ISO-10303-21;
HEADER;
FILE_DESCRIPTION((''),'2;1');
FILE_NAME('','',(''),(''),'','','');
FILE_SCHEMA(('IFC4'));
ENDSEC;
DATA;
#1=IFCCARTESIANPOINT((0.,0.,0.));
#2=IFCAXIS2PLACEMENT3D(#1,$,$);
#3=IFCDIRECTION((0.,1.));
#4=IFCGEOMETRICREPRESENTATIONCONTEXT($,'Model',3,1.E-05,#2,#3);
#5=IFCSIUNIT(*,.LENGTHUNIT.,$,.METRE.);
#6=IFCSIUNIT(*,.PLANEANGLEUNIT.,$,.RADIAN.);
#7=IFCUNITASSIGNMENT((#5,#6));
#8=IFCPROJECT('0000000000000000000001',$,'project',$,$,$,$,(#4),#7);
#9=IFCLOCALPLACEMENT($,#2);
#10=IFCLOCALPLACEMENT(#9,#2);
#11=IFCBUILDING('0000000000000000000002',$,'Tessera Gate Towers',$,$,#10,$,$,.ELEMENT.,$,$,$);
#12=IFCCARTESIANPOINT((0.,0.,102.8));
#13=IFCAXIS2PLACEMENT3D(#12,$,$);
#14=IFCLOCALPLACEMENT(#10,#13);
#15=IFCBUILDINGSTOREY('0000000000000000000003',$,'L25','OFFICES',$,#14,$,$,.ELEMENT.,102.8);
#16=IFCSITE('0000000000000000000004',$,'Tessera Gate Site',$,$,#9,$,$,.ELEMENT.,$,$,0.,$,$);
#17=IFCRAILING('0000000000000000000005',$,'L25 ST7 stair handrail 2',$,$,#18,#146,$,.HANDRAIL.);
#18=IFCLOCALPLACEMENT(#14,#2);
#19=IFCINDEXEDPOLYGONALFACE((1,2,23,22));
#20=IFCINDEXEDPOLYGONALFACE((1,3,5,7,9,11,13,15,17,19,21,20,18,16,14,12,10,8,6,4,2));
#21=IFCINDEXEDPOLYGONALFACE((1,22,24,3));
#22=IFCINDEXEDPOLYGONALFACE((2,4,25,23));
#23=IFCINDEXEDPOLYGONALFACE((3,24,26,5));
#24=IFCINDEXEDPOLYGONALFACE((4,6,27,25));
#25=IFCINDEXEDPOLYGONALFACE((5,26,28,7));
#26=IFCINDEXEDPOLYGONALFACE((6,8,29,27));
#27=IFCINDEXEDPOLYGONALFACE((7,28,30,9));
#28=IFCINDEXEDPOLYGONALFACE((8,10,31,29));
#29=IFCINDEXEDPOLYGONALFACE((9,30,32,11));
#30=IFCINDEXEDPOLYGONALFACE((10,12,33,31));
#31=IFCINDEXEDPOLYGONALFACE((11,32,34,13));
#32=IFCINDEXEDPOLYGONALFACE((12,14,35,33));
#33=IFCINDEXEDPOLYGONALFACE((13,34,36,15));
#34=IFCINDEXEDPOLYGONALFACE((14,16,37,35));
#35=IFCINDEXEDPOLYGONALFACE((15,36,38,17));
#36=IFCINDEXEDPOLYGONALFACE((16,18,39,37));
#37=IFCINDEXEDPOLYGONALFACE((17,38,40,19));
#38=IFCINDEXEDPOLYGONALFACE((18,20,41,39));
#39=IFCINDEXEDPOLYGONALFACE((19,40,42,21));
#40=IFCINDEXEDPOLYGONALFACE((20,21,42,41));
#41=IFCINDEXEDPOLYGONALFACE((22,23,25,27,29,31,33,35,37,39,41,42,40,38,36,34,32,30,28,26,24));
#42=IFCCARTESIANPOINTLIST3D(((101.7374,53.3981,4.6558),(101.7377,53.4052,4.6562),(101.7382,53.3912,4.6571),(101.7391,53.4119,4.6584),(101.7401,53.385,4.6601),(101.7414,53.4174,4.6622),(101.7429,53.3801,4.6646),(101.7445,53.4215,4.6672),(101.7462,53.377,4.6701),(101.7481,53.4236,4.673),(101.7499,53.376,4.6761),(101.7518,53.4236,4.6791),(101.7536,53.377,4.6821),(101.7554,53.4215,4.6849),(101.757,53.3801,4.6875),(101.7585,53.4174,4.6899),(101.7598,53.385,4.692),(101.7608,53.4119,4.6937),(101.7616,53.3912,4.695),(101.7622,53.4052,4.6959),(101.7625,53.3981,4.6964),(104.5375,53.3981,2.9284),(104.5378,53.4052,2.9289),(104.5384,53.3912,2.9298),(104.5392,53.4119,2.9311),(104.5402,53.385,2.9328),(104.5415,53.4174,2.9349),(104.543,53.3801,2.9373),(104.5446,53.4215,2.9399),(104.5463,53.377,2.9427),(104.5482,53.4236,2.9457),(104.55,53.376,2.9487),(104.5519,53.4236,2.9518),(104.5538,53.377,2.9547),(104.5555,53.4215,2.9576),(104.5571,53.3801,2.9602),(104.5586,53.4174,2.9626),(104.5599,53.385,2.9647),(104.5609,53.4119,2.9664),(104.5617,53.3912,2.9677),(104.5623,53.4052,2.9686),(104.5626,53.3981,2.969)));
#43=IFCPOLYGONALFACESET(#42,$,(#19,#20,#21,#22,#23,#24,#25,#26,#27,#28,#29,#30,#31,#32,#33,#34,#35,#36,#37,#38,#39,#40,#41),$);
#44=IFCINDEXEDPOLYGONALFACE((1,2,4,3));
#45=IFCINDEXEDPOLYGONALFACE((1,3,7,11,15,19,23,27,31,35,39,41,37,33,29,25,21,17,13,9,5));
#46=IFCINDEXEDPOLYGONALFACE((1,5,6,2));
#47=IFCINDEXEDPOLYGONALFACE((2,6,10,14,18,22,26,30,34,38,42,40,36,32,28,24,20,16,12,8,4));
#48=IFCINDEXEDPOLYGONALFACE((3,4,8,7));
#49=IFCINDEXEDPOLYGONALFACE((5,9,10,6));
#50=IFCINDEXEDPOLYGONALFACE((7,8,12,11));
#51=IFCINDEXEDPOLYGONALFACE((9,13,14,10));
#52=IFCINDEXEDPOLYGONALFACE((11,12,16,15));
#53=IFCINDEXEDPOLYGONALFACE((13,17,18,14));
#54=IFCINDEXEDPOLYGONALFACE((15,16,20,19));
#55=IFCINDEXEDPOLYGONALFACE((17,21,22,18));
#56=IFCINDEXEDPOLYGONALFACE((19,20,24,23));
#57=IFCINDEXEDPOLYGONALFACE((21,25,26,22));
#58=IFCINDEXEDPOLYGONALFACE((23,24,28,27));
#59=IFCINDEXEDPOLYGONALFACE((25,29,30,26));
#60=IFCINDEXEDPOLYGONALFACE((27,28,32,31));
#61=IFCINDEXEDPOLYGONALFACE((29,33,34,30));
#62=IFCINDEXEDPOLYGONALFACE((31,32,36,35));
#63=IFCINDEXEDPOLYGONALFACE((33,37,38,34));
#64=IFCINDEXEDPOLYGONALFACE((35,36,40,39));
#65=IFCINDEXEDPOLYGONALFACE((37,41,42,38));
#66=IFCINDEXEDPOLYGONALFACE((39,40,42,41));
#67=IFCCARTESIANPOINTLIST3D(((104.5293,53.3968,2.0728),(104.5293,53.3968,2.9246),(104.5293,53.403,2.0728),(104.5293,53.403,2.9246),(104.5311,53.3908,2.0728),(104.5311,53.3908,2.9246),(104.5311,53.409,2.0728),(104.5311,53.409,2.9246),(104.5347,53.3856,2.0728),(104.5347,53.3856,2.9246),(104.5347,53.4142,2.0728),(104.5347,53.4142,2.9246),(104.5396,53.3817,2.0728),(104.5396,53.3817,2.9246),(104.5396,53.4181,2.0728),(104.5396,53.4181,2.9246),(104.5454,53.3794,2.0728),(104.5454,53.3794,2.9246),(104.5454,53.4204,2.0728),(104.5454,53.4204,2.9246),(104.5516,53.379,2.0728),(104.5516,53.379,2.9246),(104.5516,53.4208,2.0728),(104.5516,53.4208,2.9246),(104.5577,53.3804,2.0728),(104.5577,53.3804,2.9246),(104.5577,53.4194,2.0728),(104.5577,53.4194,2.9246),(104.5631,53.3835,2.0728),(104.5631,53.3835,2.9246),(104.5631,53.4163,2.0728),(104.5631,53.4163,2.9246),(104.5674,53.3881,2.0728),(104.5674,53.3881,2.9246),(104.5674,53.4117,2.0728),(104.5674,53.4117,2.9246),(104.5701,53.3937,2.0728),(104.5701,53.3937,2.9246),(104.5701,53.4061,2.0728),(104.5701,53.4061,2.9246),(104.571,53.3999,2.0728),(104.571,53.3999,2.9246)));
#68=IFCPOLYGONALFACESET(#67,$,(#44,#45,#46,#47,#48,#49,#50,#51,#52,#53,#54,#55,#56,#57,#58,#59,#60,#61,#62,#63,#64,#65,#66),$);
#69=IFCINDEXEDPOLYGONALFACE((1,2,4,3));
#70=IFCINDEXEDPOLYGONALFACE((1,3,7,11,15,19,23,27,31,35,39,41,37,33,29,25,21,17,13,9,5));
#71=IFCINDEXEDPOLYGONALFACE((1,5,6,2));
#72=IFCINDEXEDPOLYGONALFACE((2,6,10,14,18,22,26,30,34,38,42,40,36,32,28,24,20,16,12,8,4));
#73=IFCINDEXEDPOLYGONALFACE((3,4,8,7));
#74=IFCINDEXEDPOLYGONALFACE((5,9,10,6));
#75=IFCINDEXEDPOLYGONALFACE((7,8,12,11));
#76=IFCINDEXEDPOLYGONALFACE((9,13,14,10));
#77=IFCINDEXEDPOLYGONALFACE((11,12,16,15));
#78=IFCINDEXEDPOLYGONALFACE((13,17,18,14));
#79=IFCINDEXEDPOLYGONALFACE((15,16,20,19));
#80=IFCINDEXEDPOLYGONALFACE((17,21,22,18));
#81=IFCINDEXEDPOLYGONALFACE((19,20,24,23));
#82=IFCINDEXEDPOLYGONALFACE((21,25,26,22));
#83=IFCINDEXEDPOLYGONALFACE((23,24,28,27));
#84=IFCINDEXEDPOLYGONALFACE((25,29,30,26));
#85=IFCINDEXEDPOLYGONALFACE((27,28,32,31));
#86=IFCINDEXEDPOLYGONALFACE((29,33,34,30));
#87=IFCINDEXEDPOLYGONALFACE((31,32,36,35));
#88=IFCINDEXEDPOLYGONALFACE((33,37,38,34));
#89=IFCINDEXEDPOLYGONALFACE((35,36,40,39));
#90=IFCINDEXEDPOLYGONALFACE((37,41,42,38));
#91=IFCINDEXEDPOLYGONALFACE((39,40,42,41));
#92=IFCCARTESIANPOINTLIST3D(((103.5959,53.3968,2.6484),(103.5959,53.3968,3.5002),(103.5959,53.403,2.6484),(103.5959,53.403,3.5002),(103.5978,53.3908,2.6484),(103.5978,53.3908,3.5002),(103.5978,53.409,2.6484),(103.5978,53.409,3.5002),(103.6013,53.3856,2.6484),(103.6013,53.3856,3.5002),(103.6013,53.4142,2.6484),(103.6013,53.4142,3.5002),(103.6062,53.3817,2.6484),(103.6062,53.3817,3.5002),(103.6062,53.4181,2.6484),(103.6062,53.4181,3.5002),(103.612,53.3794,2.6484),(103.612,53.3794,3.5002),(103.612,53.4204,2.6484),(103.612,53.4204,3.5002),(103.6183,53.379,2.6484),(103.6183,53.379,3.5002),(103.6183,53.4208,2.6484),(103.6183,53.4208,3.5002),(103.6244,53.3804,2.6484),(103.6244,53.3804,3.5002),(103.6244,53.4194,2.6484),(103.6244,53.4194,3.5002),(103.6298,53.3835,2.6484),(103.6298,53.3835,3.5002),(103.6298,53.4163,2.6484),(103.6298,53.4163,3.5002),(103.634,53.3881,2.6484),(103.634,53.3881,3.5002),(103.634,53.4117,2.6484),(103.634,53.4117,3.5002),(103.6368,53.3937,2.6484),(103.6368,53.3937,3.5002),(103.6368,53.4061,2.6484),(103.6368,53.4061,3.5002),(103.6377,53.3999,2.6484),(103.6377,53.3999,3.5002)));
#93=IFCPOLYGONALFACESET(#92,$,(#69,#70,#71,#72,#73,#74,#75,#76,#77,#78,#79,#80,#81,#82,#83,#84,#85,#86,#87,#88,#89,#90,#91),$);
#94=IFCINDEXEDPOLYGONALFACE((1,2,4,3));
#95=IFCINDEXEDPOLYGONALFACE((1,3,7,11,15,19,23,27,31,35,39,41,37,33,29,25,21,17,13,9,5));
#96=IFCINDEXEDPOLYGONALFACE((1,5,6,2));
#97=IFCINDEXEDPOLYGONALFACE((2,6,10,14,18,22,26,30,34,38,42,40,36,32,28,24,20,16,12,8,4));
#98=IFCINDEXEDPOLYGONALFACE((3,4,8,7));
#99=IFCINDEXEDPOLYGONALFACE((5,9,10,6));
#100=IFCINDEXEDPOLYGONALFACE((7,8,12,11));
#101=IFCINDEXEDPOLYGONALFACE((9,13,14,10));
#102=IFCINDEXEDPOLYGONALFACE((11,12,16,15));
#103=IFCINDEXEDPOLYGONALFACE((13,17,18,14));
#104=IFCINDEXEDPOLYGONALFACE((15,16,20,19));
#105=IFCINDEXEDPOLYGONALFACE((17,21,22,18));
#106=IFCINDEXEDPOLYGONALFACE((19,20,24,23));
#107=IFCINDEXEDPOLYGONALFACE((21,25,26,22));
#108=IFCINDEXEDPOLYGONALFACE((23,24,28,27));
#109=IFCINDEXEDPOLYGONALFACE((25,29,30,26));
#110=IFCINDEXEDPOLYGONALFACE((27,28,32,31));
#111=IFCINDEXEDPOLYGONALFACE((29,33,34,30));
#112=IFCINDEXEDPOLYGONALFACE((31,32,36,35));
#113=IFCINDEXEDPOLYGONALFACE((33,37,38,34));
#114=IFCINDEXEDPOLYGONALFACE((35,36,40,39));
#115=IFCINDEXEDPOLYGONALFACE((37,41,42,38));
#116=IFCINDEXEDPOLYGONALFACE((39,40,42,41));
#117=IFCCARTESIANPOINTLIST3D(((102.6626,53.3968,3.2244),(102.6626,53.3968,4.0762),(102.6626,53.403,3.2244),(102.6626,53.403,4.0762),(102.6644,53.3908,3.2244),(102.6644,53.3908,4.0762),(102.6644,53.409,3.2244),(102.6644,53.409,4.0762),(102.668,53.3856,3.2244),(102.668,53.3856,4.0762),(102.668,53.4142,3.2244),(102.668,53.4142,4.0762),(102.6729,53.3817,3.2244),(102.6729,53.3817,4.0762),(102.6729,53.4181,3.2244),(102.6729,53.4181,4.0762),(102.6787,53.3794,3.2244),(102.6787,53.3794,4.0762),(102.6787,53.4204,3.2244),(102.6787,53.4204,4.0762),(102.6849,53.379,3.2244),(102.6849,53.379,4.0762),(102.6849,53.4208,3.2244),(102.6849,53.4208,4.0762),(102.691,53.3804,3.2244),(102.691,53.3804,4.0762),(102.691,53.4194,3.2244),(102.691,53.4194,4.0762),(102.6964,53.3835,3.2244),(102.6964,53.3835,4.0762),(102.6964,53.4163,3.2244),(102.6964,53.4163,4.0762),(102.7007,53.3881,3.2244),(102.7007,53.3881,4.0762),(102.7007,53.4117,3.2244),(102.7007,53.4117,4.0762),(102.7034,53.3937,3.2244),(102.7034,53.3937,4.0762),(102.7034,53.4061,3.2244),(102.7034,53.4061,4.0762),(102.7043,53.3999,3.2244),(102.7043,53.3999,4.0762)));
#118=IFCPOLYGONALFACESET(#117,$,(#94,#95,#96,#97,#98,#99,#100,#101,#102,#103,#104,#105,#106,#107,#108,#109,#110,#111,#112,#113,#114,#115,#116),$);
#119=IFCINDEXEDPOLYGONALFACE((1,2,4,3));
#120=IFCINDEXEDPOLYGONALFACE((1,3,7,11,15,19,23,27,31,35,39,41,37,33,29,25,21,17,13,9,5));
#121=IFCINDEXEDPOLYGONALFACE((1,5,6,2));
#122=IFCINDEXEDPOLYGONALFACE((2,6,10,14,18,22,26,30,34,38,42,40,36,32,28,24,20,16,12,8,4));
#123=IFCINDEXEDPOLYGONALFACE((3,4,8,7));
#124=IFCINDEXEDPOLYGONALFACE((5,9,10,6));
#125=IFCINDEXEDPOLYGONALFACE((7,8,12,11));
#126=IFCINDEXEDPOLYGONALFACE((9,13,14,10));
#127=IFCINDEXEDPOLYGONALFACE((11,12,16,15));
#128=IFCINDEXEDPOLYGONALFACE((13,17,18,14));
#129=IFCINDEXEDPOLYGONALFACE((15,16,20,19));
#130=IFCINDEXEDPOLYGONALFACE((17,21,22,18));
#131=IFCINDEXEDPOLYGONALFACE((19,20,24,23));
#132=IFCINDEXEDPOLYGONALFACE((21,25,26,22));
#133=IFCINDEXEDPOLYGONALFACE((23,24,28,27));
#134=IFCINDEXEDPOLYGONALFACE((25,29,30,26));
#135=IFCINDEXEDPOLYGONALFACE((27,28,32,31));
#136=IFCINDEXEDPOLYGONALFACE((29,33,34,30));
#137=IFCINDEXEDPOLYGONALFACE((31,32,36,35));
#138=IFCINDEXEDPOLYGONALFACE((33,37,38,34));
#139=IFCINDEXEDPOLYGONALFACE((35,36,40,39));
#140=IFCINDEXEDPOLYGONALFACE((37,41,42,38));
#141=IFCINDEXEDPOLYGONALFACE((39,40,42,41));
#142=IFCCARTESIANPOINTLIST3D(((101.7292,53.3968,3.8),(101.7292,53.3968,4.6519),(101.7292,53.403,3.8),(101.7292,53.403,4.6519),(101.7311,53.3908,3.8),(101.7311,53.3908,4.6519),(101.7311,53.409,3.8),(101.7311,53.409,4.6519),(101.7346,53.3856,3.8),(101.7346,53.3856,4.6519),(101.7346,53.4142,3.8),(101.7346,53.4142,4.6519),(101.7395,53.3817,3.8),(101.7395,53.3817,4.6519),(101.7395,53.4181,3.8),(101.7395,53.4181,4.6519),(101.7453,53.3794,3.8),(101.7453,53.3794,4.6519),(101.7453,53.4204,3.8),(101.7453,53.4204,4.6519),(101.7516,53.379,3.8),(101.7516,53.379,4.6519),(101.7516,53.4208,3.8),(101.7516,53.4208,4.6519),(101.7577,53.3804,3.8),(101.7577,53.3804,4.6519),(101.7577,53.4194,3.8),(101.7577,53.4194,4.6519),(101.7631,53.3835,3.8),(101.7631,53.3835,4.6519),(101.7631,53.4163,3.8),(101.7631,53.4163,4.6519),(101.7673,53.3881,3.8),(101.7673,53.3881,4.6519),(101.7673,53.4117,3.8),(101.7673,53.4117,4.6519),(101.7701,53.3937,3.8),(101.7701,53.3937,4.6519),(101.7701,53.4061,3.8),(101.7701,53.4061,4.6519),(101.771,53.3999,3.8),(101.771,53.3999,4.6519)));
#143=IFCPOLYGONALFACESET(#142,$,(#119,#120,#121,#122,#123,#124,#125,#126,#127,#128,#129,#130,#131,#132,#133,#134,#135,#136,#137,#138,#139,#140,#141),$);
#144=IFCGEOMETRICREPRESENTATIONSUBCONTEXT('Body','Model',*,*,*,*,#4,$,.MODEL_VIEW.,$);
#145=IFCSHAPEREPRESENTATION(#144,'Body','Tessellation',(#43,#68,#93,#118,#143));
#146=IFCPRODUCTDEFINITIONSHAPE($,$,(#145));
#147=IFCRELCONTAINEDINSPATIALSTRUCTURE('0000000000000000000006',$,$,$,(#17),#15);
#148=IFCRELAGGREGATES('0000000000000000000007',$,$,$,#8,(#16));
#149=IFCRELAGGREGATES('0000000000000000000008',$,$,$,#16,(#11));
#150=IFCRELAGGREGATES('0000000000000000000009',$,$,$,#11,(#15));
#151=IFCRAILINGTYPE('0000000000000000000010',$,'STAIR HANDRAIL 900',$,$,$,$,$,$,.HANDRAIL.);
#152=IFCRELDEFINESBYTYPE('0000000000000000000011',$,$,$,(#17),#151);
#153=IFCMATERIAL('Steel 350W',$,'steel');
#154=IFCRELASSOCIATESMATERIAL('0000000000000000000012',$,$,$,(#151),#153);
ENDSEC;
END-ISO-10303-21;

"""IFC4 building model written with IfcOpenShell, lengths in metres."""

from ifc_helpers import new_model, si_unit, direction, frame, origin, origin_2d, place, context, subcontext, project, spatial, circle, extrude, material, type_object, element, save


model = new_model("IFC4")

# Units and contexts
model_context = context("Model", 3, precision=1e-05, world=origin(), true_north=direction((0.0, 1.0)))
body_context = subcontext(model_context, "Body", "Model", "MODEL_VIEW")
ifc_project = project(units=[si_unit("LENGTHUNIT", "METRE"), si_unit("PLANEANGLEUNIT", "RADIAN")], contexts=[model_context])

# Site, building, storey
site_placement = place(None, origin())
site = spatial("IfcSite", under=ifc_project, at=site_placement, Name="Tessera Gate Site", CompositionType="ELEMENT", RefElevation=0.0)
building_placement = place(site_placement, origin())
building = spatial("IfcBuilding", under=site, at=building_placement, Name="Tessera Gate Towers", CompositionType="ELEMENT")
storey_placement = place(building_placement, frame((0.0, 0.0, 102.8)))
storey = spatial("IfcBuildingStorey", under=building, at=storey_placement, Name="L25", Description="OFFICES", CompositionType="ELEMENT", Elevation=102.8)

# Railing
ifc_material_1 = material(Name="Steel 350W", Category="steel")
railing_type_1 = type_object("IfcRailingType", Name="STAIR HANDRAIL 900", PredefinedType="HANDRAIL", material=ifc_material_1)
railing_1_placement = place(storey_placement, frame((104.55, 53.3999, 2.0728)))
element("IfcRailing", 1, at=railing_1_placement, inside=storey, type_object=railing_type_1, Name="L25 ST7 stair handrail 2", PredefinedType="HANDRAIL", context=body_context, shape_type="SweptSolid", body=[
    extrude(circle(Radius=0.0239, at=origin_2d()), frame((0.0, 0.0, 0.876), z_axis=(-0.85109, 0.0, 0.52502), x_axis=(0.0, -1.0, 0.0)), (0.0, 0.0, 1.0), 3.29),
    extrude(circle(Radius=0.021, at=origin_2d()), origin(), (0.0, 0.0, 1.0), 0.8518),
    extrude(circle(Radius=0.021, at=origin_2d()), frame((-0.9333, 0.0, 0.5757)), (0.0, 0.0, 1.0), 0.8518),
    extrude(circle(Radius=0.021, at=origin_2d()), frame((-1.8667, 0.0, 1.1516)), (0.0, 0.0, 1.0), 0.8518),
    extrude(circle(Radius=0.021, at=origin_2d()), frame((-2.8, 0.0, 1.7273)), (0.0, 0.0, 1.0), 0.8518),
])

save(model, "model.ifc")
